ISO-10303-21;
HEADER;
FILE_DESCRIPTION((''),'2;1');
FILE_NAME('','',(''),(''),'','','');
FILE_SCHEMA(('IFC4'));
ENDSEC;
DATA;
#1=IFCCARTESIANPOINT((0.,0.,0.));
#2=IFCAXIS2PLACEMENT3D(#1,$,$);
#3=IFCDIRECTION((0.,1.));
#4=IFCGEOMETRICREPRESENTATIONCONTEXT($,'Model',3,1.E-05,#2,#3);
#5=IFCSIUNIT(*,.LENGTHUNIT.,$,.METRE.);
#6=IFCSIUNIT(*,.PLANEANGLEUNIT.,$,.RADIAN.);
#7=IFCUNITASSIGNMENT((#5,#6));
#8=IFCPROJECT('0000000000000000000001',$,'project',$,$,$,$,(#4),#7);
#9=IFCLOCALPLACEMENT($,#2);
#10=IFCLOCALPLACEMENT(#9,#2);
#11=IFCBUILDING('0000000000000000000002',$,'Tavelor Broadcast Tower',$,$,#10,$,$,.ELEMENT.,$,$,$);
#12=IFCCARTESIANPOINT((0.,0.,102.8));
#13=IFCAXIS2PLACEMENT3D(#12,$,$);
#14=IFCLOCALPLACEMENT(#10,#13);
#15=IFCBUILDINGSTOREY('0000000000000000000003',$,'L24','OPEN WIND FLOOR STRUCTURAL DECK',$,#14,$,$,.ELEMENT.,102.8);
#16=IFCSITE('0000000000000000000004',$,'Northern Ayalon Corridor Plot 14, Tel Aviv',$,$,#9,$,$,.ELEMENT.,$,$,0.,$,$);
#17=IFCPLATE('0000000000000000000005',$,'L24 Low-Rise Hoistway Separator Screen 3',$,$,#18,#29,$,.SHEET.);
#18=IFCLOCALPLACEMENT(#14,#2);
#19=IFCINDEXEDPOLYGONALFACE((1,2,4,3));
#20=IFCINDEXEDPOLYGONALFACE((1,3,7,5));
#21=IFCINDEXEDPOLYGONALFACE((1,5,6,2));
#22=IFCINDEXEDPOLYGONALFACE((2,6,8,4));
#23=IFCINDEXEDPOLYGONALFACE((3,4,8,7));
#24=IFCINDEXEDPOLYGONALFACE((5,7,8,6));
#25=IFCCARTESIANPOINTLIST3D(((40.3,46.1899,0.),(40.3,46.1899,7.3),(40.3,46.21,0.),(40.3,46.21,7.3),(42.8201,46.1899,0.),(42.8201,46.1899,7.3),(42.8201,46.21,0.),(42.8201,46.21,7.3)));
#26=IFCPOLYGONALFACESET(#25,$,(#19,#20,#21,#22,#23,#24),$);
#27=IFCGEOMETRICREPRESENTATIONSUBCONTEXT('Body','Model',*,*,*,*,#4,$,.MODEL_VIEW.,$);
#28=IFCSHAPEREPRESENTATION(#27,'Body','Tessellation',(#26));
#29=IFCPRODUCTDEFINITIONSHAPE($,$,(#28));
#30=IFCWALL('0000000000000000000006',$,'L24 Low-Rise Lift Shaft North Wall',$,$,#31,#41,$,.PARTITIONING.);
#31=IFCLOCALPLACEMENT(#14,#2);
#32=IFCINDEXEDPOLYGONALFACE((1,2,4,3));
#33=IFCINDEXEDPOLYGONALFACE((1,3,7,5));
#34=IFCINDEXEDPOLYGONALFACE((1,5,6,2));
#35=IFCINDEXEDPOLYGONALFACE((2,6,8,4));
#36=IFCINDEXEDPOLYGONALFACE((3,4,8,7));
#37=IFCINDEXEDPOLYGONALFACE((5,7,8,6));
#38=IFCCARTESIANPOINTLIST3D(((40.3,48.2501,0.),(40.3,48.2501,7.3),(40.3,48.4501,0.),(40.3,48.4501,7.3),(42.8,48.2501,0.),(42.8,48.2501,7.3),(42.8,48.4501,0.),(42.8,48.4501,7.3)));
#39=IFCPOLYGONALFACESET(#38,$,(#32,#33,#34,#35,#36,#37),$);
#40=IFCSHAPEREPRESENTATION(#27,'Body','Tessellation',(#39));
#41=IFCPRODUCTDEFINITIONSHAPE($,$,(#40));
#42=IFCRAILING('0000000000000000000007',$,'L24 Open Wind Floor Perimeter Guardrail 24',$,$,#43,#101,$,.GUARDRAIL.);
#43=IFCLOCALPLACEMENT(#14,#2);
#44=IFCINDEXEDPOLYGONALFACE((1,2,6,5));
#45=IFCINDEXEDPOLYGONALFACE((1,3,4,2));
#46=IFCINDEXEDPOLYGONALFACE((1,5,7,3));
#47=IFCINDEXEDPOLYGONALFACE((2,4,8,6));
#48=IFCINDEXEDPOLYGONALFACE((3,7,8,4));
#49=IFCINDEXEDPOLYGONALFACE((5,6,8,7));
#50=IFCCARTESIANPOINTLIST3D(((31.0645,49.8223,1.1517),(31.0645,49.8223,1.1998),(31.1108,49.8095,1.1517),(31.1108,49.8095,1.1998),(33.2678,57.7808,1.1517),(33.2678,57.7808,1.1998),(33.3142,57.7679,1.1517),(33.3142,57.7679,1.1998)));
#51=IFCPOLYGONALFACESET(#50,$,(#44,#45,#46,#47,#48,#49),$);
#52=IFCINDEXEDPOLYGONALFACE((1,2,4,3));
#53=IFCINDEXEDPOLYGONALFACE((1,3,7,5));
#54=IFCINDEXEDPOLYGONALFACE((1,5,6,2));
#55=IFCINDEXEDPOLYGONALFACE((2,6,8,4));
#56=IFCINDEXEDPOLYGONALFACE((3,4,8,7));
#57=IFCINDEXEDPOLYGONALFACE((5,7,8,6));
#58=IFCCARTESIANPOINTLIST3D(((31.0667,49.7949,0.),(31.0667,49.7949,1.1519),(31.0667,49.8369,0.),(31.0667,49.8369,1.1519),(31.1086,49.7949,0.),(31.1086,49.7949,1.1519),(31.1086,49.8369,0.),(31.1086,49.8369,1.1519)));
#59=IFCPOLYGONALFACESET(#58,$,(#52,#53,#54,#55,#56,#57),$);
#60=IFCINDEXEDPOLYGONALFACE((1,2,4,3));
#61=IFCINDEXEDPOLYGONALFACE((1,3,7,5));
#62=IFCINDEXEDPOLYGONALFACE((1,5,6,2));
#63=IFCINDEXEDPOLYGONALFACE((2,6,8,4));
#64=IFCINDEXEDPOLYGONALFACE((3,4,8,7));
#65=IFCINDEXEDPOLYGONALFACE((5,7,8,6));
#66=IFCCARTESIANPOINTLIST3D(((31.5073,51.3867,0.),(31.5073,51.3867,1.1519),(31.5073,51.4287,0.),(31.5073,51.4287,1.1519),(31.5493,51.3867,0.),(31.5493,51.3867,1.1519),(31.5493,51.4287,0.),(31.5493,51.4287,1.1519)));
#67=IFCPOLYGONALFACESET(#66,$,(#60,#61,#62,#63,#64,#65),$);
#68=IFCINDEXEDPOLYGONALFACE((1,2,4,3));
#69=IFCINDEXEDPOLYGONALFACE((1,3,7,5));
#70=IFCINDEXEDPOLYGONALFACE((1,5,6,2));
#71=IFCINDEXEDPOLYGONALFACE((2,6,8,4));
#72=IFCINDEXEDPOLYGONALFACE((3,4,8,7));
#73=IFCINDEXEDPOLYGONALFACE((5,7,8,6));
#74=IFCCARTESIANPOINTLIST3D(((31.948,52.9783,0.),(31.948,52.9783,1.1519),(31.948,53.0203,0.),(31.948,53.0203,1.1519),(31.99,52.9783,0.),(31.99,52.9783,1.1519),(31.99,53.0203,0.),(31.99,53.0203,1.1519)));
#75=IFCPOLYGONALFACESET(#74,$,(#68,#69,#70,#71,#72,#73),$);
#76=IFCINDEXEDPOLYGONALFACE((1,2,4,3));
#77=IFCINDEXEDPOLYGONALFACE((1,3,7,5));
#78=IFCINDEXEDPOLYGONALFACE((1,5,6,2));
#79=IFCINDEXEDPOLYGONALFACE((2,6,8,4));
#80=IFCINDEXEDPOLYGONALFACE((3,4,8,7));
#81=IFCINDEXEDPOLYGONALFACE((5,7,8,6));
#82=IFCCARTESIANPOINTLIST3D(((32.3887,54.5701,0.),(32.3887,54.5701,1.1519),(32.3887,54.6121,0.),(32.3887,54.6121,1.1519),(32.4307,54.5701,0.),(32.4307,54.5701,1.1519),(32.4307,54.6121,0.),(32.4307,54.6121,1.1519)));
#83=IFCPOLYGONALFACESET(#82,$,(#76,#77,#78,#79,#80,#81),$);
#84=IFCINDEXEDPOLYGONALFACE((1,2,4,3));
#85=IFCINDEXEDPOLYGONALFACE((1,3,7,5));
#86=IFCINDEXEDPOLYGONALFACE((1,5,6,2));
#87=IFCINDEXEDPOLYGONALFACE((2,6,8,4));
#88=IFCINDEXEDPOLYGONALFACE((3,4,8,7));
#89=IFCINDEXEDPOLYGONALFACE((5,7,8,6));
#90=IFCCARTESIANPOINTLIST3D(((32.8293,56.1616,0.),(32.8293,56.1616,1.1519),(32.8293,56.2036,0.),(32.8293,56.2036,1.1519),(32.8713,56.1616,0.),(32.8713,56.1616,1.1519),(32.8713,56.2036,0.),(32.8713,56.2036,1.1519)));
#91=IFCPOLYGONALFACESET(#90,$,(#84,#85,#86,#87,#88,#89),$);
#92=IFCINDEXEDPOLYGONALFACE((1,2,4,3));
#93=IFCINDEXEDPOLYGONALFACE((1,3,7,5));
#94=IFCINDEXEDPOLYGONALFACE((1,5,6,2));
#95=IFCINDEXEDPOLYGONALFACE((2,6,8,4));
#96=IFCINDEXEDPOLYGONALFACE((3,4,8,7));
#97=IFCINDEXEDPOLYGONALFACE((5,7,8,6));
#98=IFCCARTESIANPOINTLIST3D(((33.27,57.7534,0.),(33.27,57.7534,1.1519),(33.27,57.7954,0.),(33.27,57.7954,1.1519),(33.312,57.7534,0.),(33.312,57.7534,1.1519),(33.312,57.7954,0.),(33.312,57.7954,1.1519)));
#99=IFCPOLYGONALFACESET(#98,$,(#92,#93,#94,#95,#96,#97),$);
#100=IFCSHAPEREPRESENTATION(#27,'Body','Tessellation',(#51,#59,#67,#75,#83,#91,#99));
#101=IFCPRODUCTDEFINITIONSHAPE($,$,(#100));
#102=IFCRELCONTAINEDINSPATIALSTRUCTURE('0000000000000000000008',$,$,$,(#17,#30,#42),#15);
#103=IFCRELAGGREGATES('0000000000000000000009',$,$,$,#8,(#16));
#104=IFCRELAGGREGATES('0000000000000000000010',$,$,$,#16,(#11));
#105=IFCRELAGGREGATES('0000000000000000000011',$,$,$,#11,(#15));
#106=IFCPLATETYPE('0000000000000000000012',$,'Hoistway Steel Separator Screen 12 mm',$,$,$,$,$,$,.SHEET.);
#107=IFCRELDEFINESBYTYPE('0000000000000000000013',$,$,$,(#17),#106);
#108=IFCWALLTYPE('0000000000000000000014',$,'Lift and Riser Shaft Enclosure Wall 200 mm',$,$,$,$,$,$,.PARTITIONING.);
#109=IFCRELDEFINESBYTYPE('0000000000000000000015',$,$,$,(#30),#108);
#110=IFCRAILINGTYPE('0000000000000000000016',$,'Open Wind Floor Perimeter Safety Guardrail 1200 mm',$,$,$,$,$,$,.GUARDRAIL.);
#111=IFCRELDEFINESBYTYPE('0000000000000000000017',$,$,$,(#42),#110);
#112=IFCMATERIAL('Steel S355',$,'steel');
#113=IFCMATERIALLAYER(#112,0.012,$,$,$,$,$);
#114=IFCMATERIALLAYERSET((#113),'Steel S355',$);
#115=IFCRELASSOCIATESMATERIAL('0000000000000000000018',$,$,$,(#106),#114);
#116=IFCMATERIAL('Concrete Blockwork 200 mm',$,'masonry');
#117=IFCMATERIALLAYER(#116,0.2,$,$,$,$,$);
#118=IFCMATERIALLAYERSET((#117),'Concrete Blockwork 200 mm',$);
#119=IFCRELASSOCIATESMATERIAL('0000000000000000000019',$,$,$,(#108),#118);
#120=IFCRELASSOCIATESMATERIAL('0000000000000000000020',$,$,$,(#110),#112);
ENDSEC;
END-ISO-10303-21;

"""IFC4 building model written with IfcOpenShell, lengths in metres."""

from ifc_helpers import new_model, si_unit, direction, frame, frame_2d, origin, origin_2d, place, context, subcontext, project, spatial, rectangle, extrude, source, transform, mapped, material, layer, layer_set, type_object, type_shapes, element, save


model = new_model("IFC4")

# Units and contexts
model_context = context("Model", 3, precision=1e-05, world=origin(), true_north=direction((0.0, 1.0)))
body_context = subcontext(model_context, "Body", "Model", "MODEL_VIEW")
ifc_project = project(units=[si_unit("LENGTHUNIT", "METRE"), si_unit("PLANEANGLEUNIT", "RADIAN")], contexts=[model_context])

# Site, building, storey
site_placement = place(None, origin())
site = spatial("IfcSite", under=ifc_project, at=site_placement, Name="Northern Ayalon Corridor Plot 14, Tel Aviv", CompositionType="ELEMENT", RefElevation=0.0)
building_placement = place(site_placement, origin())
building = spatial("IfcBuilding", under=site, at=building_placement, Name="Tavelor Broadcast Tower", CompositionType="ELEMENT")
storey_placement = place(building_placement, frame((0.0, 0.0, 102.8)))
storey = spatial("IfcBuildingStorey", under=building, at=storey_placement, Name="L24", Description="OPEN WIND FLOOR STRUCTURAL DECK", CompositionType="ELEMENT", Elevation=102.8)

# Plate
ifc_material_1 = material(Name="Steel S355", Category="steel")
ifc_layer_1 = layer(ifc_material_1, 0.012)
ifc_layer_set_1 = layer_set([ifc_layer_1], Name="Steel S355")
plate_type_1 = type_object("IfcPlateType", Name="Hoistway Steel Separator Screen 12 mm", PredefinedType="SHEET", material=ifc_layer_set_1)
shared_shape_1 = source(origin(), body_context, "Body", "SweptSolid", [
    extrude(rectangle(XDim=2.52, YDim=0.02, at=origin_2d()), origin(), (0.0, 0.0, 1.0), 7.3),
])
type_shapes(plate_type_1, [shared_shape_1])
plate_1_placement = place(storey_placement, frame((41.5601, 46.2, 0.0), z_axis=(0.0, 0.0, 1.0), x_axis=(1.0, 0.0, 0.0)))
element("IfcPlate", 1, at=plate_1_placement, inside=storey, type_object=plate_type_1, Name="L24 Low-Rise Hoistway Separator Screen 3", PredefinedType="SHEET", context=body_context, shape_type="MappedRepresentation", body=[
    mapped(shared_shape_1, transform((0.0, 0.0, 0.0), scale=1.0)),
])

# Wall
ifc_material_2 = material(Name="Concrete Blockwork 200 mm", Category="masonry")
ifc_layer_2 = layer(ifc_material_2, 0.2)
ifc_layer_set_2 = layer_set([ifc_layer_2], Name="Concrete Blockwork 200 mm")
wall_type = type_object("IfcWallType", Name="Lift and Riser Shaft Enclosure Wall 200 mm", PredefinedType="PARTITIONING", material=ifc_layer_set_2)
wall_placement = place(storey_placement, frame((40.3, 48.3501, 0.0), z_axis=(0.0, 0.0, 1.0), x_axis=(1.0, 0.0, 0.0)))
element("IfcWall", 2, at=wall_placement, inside=storey, type_object=wall_type, Name="L24 Low-Rise Lift Shaft North Wall", PredefinedType="PARTITIONING", context=body_context, shape_type="SweptSolid", body=[
    extrude(rectangle(XDim=2.5, YDim=0.2, at=frame_2d((1.25, 0.0))), origin(), (0.0, 0.0, 1.0), 7.3),
])

# Railing
railing_type = type_object("IfcRailingType", Name="Open Wind Floor Perimeter Safety Guardrail 1200 mm", PredefinedType="GUARDRAIL", material=ifc_material_1)
railing_placement = place(storey_placement, frame((31.0876, 49.8159, 0.0)))
element("IfcRailing", 3, at=railing_placement, inside=storey, type_object=railing_type, Name="L24 Open Wind Floor Perimeter Guardrail 24", PredefinedType="GUARDRAIL", context=body_context, shape_type="SweptSolid", body=[
    extrude(rectangle(XDim=0.0481, YDim=0.0481, at=origin_2d()), frame((0.0, 0.0, 1.1758), z_axis=(0.26682, 0.963746, 0.0), x_axis=(-0.963746, 0.26682, 0.0)), (0.0, 0.0, 1.0), 8.2578),
    extrude(rectangle(XDim=0.042, YDim=0.042, at=origin_2d()), origin(), (0.0, 0.0, 1.0), 1.1519),
    extrude(rectangle(XDim=0.042, YDim=0.042, at=origin_2d()), frame((0.4407, 1.5918, 0.0)), (0.0, 0.0, 1.0), 1.1519),
    extrude(rectangle(XDim=0.042, YDim=0.042, at=origin_2d()), frame((0.8813, 3.1833, 0.0)), (0.0, 0.0, 1.0), 1.1519),
    extrude(rectangle(XDim=0.042, YDim=0.042, at=origin_2d()), frame((1.322, 4.7751, 0.0)), (0.0, 0.0, 1.0), 1.1519),
    extrude(rectangle(XDim=0.042, YDim=0.042, at=origin_2d()), frame((1.7627, 6.3667, 0.0)), (0.0, 0.0, 1.0), 1.1519),
    extrude(rectangle(XDim=0.042, YDim=0.042, at=origin_2d()), frame((2.2034, 7.9585, 0.0)), (0.0, 0.0, 1.0), 1.1519),
])

save(model, "model.ifc")
